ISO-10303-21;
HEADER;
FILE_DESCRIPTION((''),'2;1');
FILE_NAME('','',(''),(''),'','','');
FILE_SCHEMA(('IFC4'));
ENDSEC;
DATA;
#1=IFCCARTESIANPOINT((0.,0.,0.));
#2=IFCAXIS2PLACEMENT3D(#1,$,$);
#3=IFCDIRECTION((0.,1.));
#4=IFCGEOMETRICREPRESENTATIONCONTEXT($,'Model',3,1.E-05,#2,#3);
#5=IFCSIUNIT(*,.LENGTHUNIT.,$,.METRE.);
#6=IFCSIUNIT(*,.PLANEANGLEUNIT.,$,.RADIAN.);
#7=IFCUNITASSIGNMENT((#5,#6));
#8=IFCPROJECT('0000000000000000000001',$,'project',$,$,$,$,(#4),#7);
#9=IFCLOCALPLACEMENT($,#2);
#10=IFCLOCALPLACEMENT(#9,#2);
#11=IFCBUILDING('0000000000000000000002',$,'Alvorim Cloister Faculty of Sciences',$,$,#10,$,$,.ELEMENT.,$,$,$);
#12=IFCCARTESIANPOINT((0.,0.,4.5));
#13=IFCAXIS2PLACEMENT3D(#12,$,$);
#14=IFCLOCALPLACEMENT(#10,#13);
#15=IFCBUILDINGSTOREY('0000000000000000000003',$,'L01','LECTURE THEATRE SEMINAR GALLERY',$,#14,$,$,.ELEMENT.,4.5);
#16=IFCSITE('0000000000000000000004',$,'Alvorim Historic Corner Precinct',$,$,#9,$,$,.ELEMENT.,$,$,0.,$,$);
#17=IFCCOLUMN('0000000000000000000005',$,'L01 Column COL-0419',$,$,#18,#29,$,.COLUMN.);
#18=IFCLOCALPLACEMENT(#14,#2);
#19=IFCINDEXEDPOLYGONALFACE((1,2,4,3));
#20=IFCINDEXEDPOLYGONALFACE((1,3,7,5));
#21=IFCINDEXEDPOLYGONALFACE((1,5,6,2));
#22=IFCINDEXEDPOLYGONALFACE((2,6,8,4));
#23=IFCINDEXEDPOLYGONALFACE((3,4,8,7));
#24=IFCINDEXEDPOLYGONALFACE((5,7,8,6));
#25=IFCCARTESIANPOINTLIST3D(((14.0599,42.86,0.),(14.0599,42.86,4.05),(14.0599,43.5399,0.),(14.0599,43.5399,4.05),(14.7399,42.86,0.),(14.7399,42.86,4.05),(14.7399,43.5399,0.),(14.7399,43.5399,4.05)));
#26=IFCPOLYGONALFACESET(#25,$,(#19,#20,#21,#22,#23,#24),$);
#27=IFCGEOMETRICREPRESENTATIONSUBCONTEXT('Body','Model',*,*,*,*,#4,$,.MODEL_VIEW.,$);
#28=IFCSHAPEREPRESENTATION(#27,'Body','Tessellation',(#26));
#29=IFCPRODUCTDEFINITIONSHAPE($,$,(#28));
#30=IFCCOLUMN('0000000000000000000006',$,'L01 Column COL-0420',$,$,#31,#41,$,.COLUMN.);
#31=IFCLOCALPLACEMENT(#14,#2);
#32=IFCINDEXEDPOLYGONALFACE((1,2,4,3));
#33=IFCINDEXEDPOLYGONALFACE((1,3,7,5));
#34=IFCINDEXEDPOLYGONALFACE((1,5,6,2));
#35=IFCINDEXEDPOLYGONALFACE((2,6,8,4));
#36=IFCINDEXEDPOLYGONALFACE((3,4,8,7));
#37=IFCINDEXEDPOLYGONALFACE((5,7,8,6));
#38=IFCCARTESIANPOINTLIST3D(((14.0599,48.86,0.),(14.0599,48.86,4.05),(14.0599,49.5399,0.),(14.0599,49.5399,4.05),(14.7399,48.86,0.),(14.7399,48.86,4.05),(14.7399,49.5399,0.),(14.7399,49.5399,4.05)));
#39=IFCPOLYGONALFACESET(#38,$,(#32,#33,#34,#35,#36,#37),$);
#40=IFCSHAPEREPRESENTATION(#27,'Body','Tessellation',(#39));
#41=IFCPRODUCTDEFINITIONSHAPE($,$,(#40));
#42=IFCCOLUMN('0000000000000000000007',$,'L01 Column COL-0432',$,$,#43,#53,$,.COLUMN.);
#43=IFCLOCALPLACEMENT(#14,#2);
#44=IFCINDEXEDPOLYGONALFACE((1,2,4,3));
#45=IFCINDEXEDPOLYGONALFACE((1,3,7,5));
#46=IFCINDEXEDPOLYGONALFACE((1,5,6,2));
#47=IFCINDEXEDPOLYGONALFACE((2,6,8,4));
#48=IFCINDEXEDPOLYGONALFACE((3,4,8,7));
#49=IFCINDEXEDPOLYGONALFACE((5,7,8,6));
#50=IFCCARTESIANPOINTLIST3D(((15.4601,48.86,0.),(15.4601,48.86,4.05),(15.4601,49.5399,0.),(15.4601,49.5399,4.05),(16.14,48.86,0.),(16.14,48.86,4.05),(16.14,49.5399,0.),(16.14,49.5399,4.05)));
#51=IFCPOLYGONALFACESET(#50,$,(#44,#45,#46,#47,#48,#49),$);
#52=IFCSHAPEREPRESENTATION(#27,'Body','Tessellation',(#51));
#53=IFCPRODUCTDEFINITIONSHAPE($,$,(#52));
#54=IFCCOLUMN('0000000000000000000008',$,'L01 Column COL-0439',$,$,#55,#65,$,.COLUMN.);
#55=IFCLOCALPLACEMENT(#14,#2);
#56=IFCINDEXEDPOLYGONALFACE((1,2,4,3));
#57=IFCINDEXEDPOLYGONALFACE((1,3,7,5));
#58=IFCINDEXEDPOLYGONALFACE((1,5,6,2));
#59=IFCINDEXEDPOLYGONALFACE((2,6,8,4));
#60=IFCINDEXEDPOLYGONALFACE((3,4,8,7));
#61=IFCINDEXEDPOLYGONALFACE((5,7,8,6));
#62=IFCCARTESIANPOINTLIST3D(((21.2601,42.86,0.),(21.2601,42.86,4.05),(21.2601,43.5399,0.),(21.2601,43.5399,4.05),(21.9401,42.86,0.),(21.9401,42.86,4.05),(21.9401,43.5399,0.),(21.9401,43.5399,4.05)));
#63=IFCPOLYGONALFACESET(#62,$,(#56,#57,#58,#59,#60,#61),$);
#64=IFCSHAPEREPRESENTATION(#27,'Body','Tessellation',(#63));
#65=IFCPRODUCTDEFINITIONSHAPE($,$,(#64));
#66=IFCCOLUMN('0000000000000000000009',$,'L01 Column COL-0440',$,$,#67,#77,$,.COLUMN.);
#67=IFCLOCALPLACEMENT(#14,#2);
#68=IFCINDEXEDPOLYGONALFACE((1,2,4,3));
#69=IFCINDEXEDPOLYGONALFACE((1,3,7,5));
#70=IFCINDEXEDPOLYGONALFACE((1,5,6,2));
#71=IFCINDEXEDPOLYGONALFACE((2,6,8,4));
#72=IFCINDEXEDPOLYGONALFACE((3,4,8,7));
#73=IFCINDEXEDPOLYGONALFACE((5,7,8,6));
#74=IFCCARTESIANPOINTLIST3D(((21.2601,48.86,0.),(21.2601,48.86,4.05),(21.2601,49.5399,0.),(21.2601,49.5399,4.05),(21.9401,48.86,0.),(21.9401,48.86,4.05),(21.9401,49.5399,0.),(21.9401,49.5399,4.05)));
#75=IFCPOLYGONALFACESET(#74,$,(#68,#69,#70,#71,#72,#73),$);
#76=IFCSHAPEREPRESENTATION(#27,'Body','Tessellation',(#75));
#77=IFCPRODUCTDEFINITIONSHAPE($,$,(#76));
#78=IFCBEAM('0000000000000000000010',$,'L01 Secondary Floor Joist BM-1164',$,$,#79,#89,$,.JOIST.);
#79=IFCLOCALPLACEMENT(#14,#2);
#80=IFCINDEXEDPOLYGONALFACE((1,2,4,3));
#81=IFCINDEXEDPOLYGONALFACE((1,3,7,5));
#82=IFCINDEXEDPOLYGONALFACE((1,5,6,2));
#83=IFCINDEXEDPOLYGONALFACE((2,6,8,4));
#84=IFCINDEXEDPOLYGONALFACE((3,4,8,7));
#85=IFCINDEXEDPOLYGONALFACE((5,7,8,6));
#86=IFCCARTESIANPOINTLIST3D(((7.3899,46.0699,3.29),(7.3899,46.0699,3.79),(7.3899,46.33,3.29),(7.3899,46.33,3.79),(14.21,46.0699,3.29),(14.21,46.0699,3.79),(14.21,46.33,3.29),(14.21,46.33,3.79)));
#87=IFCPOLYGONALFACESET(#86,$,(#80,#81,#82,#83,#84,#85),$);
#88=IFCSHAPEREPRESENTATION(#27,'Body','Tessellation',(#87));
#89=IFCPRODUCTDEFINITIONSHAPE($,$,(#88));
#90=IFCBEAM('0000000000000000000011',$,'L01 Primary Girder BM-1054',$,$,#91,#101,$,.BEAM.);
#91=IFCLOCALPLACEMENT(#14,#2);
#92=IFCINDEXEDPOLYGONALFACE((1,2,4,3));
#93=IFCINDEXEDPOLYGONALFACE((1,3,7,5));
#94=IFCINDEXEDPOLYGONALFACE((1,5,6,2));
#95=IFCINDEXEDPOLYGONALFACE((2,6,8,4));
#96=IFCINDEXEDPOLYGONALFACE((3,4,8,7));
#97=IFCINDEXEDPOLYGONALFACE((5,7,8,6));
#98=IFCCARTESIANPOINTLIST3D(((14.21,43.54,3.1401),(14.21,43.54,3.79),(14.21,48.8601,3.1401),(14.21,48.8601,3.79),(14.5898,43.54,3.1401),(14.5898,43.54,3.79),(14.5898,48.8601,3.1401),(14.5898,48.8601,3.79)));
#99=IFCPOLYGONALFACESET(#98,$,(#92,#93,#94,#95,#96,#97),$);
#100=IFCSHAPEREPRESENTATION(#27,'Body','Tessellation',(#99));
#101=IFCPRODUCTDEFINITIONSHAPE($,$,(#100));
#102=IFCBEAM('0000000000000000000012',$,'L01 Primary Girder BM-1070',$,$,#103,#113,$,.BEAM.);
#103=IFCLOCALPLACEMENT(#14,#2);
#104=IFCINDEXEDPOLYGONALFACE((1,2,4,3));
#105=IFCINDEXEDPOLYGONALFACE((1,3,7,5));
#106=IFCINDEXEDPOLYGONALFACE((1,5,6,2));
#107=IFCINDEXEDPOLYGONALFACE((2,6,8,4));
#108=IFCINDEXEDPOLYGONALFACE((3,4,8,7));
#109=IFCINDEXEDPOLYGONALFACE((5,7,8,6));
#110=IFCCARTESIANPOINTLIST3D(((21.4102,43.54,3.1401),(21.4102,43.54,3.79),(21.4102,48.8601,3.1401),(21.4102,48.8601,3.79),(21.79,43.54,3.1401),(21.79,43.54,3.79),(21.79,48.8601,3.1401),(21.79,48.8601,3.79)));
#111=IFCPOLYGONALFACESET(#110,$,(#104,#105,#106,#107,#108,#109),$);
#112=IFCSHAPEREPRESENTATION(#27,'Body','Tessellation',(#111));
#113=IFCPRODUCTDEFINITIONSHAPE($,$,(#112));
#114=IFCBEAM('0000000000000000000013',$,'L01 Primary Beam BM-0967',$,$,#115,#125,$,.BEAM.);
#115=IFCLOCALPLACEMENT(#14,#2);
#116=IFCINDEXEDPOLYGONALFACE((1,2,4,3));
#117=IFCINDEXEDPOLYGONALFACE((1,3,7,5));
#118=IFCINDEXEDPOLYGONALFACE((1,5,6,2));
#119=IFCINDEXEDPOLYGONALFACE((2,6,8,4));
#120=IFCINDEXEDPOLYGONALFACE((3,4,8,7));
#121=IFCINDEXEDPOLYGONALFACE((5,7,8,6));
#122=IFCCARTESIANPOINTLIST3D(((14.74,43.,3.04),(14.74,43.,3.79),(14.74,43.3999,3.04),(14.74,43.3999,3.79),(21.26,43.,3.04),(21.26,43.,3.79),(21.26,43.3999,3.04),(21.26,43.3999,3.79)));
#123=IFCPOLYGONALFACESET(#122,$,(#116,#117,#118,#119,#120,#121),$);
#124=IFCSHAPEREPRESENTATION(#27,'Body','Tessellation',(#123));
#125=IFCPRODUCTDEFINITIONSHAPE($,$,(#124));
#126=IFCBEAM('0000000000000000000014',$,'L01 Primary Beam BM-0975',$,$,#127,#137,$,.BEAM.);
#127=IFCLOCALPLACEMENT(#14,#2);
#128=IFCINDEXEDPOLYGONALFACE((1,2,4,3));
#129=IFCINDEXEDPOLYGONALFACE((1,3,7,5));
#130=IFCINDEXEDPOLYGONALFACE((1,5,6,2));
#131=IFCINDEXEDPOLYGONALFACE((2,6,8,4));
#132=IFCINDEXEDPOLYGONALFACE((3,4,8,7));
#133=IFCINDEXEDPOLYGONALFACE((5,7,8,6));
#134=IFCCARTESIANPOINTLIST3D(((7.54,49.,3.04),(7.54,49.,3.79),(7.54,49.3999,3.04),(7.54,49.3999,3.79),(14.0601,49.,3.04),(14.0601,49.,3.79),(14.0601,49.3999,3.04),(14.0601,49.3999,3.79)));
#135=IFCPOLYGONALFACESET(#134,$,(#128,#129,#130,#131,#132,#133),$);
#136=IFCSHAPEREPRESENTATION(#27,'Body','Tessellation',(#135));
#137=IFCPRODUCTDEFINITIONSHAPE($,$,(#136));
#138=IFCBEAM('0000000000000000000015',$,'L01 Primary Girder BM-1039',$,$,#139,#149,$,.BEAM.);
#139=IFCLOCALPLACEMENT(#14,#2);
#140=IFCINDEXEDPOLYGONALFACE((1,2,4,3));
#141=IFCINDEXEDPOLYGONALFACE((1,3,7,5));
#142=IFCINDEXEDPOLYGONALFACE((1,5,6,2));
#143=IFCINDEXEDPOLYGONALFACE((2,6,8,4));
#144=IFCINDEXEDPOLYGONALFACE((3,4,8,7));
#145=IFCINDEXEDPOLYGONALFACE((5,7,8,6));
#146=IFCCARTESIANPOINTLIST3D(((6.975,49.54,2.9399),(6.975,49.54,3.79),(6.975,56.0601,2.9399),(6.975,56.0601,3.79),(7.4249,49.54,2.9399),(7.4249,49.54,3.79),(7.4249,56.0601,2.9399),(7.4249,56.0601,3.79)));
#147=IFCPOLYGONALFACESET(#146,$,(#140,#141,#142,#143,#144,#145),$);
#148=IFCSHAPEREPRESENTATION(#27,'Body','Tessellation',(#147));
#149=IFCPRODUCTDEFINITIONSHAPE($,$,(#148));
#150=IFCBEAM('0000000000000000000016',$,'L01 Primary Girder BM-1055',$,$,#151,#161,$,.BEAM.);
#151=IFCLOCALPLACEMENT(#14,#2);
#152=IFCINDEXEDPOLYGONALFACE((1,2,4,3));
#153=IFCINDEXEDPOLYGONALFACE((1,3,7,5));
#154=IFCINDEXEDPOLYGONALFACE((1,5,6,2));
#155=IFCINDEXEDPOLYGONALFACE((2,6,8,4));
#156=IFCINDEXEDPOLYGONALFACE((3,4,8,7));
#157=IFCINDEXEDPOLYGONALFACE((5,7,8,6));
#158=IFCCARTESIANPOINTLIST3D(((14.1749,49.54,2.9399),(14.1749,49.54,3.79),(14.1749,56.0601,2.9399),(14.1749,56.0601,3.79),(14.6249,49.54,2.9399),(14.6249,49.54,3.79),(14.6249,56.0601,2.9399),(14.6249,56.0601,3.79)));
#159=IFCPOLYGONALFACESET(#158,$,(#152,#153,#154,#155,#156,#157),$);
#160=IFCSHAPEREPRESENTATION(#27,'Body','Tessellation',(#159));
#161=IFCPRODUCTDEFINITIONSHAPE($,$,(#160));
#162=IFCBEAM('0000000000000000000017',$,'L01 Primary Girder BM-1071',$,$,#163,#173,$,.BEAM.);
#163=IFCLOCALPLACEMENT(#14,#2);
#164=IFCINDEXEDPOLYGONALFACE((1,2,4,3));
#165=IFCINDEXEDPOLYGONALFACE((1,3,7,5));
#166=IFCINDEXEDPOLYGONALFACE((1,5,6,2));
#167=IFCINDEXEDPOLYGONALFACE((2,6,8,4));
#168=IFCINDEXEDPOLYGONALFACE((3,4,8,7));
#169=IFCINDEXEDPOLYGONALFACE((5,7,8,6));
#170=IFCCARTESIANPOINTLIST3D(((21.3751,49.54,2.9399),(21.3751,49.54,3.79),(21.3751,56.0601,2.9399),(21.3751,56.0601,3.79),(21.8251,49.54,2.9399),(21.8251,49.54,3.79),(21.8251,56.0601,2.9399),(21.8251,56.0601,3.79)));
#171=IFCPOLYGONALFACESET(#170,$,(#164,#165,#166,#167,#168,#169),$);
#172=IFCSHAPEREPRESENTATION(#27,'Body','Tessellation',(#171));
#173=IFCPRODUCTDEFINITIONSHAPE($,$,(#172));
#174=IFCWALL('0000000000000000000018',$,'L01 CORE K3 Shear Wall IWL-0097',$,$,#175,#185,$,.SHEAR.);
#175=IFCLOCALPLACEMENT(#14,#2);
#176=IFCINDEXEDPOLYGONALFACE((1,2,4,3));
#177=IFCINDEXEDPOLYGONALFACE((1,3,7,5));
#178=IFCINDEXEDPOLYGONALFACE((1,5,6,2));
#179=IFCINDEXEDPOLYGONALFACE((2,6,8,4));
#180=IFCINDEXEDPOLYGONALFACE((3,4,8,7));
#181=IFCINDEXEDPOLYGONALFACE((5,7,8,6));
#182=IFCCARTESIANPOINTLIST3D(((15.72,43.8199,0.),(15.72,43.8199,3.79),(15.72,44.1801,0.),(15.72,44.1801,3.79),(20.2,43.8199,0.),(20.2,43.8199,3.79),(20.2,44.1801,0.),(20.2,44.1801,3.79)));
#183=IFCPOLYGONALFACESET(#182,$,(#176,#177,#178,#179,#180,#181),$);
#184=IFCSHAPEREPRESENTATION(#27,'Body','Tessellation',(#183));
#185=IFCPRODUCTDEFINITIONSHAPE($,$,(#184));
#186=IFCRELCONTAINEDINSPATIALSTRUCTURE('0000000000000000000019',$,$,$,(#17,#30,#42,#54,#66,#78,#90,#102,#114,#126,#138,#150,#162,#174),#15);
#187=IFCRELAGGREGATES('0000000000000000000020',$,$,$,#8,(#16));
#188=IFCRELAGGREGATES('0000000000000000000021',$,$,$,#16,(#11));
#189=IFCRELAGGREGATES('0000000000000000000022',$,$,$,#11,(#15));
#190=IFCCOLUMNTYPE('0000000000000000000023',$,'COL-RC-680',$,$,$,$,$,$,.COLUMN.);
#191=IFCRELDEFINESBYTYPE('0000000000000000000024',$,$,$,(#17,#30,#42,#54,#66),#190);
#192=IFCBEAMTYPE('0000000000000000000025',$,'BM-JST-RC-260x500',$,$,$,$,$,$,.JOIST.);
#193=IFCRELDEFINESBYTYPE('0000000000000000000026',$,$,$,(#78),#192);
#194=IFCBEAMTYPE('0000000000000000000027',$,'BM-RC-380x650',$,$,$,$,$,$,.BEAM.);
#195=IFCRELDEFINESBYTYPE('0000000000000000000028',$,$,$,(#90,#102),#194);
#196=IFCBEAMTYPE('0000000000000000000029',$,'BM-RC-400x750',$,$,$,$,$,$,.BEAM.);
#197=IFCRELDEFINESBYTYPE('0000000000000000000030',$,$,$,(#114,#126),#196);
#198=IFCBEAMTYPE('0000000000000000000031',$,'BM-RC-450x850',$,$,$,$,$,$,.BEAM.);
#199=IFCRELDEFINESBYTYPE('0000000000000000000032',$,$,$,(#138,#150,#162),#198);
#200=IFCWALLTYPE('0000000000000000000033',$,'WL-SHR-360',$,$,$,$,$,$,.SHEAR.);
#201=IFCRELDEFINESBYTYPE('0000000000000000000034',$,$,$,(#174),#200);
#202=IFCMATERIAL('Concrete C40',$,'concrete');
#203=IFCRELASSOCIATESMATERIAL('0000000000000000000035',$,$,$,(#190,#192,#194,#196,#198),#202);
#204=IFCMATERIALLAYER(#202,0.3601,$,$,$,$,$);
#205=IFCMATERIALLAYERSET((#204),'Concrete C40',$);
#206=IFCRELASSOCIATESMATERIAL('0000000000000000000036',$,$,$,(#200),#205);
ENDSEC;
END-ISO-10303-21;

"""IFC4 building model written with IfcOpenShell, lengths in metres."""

from ifc_helpers import new_model, si_unit, direction, frame, frame_2d, origin, origin_2d, place, context, subcontext, project, spatial, rectangle, extrude, material, layer, layer_set, material_profile, profile_set, type_object, element, save


model = new_model("IFC4")

# Units and contexts
model_context = context("Model", 3, precision=1e-05, world=origin(), true_north=direction((0.0, 1.0)))
body_context = subcontext(model_context, "Body", "Model", "MODEL_VIEW")
ifc_project = project(units=[si_unit("LENGTHUNIT", "METRE"), si_unit("PLANEANGLEUNIT", "RADIAN")], contexts=[model_context])

# Site, building, storey
site_placement = place(None, origin())
site = spatial("IfcSite", under=ifc_project, at=site_placement, Name="Alvorim Historic Corner Precinct", CompositionType="ELEMENT", RefElevation=0.0)
building_placement = place(site_placement, origin())
building = spatial("IfcBuilding", under=site, at=building_placement, Name="Alvorim Cloister Faculty of Sciences", CompositionType="ELEMENT")
storey_placement = place(building_placement, frame((0.0, 0.0, 4.5)))
storey = spatial("IfcBuildingStorey", under=building, at=storey_placement, Name="L01", Description="LECTURE THEATRE SEMINAR GALLERY", CompositionType="ELEMENT", Elevation=4.5)

# Columns
ifc_material_1 = material(Name="Concrete C40", Category="concrete")
ifc_material_profile_1 = material_profile(ifc_material_1, rectangle(XDim=0.6799, YDim=0.6799, at=origin_2d()), Name="RC40-COL-680x680")
ifc_profile_set_1 = profile_set([ifc_material_profile_1], Name="Concrete C40")
column_type = type_object("IfcColumnType", Name="COL-RC-680", PredefinedType="COLUMN", material=ifc_profile_set_1)
for number, where, z_axis, x_axis, name in (
    (1, (14.3999, 43.2, 0.0), (0.0, 0.0, 1.0), (1.0, 0.0, 0.0), "L01 Column COL-0419"),
    (2, (14.3999, 49.2, 0.0), (0.0, 0.0, 1.0), (1.0, 0.0, 0.0), "L01 Column COL-0420"),
    (3, (15.8, 49.2, 0.0), (0.0, 0.0, 1.0), (1.0, 0.0, 0.0), "L01 Column COL-0432"),
    (4, (21.6001, 43.2, 0.0), (0.0, 0.0, 1.0), (1.0, 0.0, 0.0), "L01 Column COL-0439"),
    (5, (21.6001, 49.2, 0.0), (0.0, 0.0, 1.0), (1.0, 0.0, 0.0), "L01 Column COL-0440"),
):
    element("IfcColumn", number, at=place(storey_placement, frame(where, z_axis=z_axis, x_axis=x_axis)), inside=storey, type_object=column_type, Name=name, PredefinedType="COLUMN", context=body_context, shape_type="SweptSolid", body=[
        extrude(rectangle(XDim=0.6799, YDim=0.6799, at=origin_2d()), origin(), (0.0, 0.0, 1.0), 4.05),
    ])

# Beams
ifc_material_profile_2 = material_profile(ifc_material_1, rectangle(XDim=0.26, YDim=0.5, at=origin_2d()), Name="RC40-JST-260x500")
ifc_profile_set_2 = profile_set([ifc_material_profile_2], Name="Concrete C40")
beam_type_1 = type_object("IfcBeamType", Name="BM-JST-RC-260x500", PredefinedType="JOIST", material=ifc_profile_set_2)
beam_placement = place(storey_placement, frame((7.3899, 46.2, 3.54), z_axis=(1.0, 0.0, 0.0), x_axis=(0.0, 1.0, 0.0)))
element("IfcBeam", 6, at=beam_placement, inside=storey, type_object=beam_type_1, Name="L01 Secondary Floor Joist BM-1164", PredefinedType="JOIST", context=body_context, shape_type="SweptSolid", body=[
    extrude(rectangle(XDim=0.26, YDim=0.5, at=origin_2d()), origin(), (0.0, 0.0, 1.0), 6.8201),
])
ifc_material_profile_3 = material_profile(ifc_material_1, rectangle(XDim=0.3799, YDim=0.6499, at=origin_2d()), Name="RC40-BM-380x650")
ifc_profile_set_3 = profile_set([ifc_material_profile_3], Name="Concrete C40")
beam_type_2 = type_object("IfcBeamType", Name="BM-RC-380x650", PredefinedType="BEAM", material=ifc_profile_set_3)
for number, where, z_axis, x_axis, name in (
    (7, (14.3999, 43.54, 3.4651), (0.0, 1.0, 0.0), (-1.0, 0.0, 0.0), "L01 Primary Girder BM-1054"),
    (8, (21.6001, 43.54, 3.4651), (0.0, 1.0, 0.0), (-1.0, 0.0, 0.0), "L01 Primary Girder BM-1070"),
):
    element("IfcBeam", number, at=place(storey_placement, frame(where, z_axis=z_axis, x_axis=x_axis)), inside=storey, type_object=beam_type_2, Name=name, PredefinedType="BEAM", context=body_context, shape_type="SweptSolid", body=[
        extrude(rectangle(XDim=0.3799, YDim=0.6499, at=origin_2d()), origin(), (0.0, 0.0, 1.0), 5.3201),
    ])
ifc_material_profile_4 = material_profile(ifc_material_1, rectangle(XDim=0.3999, YDim=0.75, at=origin_2d()), Name="RC40-BM-400x750")
ifc_profile_set_4 = profile_set([ifc_material_profile_4], Name="Concrete C40")
beam_type_3 = type_object("IfcBeamType", Name="BM-RC-400x750", PredefinedType="BEAM", material=ifc_profile_set_4)
for number, where, z_axis, x_axis, name in (
    (9, (14.74, 43.2, 3.415), (1.0, 0.0, 0.0), (0.0, 1.0, 0.0), "L01 Primary Beam BM-0967"),
    (10, (7.54, 49.2, 3.415), (1.0, 0.0, 0.0), (0.0, 1.0, 0.0), "L01 Primary Beam BM-0975"),
):
    element("IfcBeam", number, at=place(storey_placement, frame(where, z_axis=z_axis, x_axis=x_axis)), inside=storey, type_object=beam_type_3, Name=name, PredefinedType="BEAM", context=body_context, shape_type="SweptSolid", body=[
        extrude(rectangle(XDim=0.3999, YDim=0.75, at=origin_2d()), origin(), (0.0, 0.0, 1.0), 6.52),
    ])
ifc_material_profile_5 = material_profile(ifc_material_1, rectangle(XDim=0.45, YDim=0.8501, at=origin_2d()), Name="RC40-BM-450x850")
ifc_profile_set_5 = profile_set([ifc_material_profile_5], Name="Concrete C40")
beam_type_4 = type_object("IfcBeamType", Name="BM-RC-450x850", PredefinedType="BEAM", material=ifc_profile_set_5)
for number, where, z_axis, x_axis, name in (
    (11, (7.2, 49.54, 3.365), (0.0, 1.0, 0.0), (-1.0, 0.0, 0.0), "L01 Primary Girder BM-1039"),
    (12, (14.3999, 49.54, 3.365), (0.0, 1.0, 0.0), (-1.0, 0.0, 0.0), "L01 Primary Girder BM-1055"),
    (13, (21.6001, 49.54, 3.365), (0.0, 1.0, 0.0), (-1.0, 0.0, 0.0), "L01 Primary Girder BM-1071"),
):
    element("IfcBeam", number, at=place(storey_placement, frame(where, z_axis=z_axis, x_axis=x_axis)), inside=storey, type_object=beam_type_4, Name=name, PredefinedType="BEAM", context=body_context, shape_type="SweptSolid", body=[
        extrude(rectangle(XDim=0.45, YDim=0.8501, at=origin_2d()), origin(), (0.0, 0.0, 1.0), 6.52),
    ])

# Wall
ifc_layer = layer(ifc_material_1, 0.3601)
ifc_layer_set = layer_set([ifc_layer], Name="Concrete C40")
wall_type = type_object("IfcWallType", Name="WL-SHR-360", PredefinedType="SHEAR", material=ifc_layer_set)
wall_1_placement = place(storey_placement, frame((15.72, 44.0, 0.0), z_axis=(0.0, 0.0, 1.0), x_axis=(1.0, 0.0, 0.0)))
element("IfcWall", 14, at=wall_1_placement, inside=storey, type_object=wall_type, Name="L01 CORE K3 Shear Wall IWL-0097", PredefinedType="SHEAR", context=body_context, shape_type="SweptSolid", body=[
    extrude(rectangle(XDim=4.48, YDim=0.3601, at=frame_2d((2.24, 0.0))), origin(), (0.0, 0.0, 1.0), 3.79),
])

save(model, "model.ifc")
